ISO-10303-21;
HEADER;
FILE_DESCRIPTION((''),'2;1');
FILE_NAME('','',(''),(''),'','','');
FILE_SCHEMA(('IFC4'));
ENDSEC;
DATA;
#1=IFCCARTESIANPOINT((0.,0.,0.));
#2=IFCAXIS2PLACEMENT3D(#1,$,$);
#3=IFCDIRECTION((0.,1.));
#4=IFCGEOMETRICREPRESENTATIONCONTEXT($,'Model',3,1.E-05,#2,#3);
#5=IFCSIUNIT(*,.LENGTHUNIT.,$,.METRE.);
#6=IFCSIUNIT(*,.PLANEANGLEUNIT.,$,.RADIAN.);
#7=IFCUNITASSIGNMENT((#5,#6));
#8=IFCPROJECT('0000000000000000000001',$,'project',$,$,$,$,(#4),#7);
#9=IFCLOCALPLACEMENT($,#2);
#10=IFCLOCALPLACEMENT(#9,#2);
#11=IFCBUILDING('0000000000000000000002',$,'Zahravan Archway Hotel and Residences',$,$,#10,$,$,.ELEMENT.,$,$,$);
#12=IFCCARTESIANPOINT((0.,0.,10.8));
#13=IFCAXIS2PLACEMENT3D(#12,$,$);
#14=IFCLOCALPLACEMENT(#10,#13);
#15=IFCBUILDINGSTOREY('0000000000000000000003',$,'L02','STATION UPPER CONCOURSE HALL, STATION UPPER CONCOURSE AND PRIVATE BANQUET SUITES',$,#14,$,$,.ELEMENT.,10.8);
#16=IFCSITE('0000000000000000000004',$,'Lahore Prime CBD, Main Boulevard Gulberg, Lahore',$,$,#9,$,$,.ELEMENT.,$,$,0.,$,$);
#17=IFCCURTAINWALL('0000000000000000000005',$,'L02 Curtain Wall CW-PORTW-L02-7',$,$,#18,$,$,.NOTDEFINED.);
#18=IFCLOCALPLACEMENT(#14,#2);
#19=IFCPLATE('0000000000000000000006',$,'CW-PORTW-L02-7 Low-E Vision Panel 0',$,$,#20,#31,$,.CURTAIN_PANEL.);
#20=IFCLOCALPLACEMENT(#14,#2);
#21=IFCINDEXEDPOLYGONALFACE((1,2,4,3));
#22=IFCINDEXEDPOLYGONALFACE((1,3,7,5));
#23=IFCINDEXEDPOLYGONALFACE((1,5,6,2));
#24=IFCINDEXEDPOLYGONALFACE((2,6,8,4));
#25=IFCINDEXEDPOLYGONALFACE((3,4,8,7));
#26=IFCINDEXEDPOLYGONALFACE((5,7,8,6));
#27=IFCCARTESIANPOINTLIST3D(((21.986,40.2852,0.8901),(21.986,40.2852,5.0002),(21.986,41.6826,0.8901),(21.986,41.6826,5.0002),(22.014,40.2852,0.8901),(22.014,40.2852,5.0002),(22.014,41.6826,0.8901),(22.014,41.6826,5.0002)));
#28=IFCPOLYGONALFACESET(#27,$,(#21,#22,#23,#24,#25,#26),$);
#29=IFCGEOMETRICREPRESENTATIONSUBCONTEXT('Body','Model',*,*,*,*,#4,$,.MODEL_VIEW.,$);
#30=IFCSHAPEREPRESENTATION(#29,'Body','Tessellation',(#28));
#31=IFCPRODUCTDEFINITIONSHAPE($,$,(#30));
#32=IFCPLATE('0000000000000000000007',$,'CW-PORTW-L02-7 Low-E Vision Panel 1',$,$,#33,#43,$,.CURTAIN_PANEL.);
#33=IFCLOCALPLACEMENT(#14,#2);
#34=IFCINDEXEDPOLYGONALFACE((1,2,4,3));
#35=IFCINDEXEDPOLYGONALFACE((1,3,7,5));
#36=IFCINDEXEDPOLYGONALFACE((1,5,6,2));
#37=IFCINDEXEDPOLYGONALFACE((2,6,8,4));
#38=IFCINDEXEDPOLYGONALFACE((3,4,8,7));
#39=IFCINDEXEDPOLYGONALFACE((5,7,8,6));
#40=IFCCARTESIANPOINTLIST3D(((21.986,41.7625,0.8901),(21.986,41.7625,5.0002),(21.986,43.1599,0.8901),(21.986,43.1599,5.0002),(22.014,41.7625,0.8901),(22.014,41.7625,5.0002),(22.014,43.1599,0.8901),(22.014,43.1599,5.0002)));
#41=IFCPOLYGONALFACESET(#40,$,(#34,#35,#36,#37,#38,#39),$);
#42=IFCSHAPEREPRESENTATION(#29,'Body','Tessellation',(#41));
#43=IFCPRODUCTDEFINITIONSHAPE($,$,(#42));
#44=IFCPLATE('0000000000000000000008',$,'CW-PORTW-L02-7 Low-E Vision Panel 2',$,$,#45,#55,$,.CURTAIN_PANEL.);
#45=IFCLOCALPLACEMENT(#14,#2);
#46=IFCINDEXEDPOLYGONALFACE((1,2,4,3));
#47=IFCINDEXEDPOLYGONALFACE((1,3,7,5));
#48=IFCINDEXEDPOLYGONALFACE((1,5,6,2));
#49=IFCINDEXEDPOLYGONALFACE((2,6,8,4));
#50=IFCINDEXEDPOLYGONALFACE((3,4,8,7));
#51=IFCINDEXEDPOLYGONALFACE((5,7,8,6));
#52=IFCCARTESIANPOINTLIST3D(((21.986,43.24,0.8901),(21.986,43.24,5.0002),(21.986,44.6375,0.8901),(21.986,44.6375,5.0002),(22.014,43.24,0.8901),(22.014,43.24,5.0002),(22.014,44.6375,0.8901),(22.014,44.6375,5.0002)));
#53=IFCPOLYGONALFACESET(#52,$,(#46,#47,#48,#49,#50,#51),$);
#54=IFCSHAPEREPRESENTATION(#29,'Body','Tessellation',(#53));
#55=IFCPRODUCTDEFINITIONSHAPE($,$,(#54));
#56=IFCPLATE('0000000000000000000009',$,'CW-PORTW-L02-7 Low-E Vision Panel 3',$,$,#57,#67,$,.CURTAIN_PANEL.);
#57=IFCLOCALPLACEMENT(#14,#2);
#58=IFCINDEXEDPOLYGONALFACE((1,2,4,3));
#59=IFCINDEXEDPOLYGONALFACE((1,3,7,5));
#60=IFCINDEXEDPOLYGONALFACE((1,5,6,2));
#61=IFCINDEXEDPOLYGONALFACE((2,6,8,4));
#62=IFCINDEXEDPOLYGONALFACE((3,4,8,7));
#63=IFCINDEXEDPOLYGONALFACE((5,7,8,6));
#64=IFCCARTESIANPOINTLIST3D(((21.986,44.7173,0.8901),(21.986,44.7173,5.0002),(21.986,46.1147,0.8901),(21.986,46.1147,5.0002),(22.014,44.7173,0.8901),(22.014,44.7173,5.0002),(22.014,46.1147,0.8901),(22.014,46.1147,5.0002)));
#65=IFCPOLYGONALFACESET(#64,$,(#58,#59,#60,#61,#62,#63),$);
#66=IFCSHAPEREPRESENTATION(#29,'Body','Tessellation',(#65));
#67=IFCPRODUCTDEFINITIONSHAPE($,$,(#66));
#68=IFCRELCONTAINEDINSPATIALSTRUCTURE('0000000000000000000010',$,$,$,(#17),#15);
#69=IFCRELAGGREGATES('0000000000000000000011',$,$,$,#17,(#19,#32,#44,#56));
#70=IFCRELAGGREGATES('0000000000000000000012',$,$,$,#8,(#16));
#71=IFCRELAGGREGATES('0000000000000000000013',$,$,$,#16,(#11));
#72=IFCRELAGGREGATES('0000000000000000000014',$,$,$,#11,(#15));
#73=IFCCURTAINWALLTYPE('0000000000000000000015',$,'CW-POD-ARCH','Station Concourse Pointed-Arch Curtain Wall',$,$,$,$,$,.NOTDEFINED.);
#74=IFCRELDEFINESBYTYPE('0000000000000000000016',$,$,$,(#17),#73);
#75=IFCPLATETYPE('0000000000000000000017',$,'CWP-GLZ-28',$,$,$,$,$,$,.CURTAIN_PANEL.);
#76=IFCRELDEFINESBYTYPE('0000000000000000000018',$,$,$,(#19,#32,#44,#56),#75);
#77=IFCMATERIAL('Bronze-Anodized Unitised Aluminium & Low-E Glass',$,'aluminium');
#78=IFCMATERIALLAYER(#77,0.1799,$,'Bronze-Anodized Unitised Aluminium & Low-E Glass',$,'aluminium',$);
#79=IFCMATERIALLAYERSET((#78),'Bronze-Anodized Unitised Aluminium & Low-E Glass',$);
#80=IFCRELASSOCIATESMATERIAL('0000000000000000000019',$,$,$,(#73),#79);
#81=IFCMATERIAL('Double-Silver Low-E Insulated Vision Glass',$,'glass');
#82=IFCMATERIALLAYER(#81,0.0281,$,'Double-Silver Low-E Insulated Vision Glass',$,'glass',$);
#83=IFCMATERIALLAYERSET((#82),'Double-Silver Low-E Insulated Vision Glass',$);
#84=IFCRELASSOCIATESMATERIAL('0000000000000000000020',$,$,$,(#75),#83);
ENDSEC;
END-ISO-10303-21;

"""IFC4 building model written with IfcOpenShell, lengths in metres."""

from ifc_helpers import new_model, si_unit, direction, frame, origin, origin_2d, place, context, subcontext, project, spatial, rectangle, extrude, source, transform, mapped, material, layer, layer_set, type_object, element, aggregate, save


model = new_model("IFC4")

# Units and contexts
model_context = context("Model", 3, precision=1e-05, world=origin(), true_north=direction((0.0, 1.0)))
body_context = subcontext(model_context, "Body", "Model", "MODEL_VIEW")
ifc_project = project(units=[si_unit("LENGTHUNIT", "METRE"), si_unit("PLANEANGLEUNIT", "RADIAN")], contexts=[model_context])

# Site, building, storey
site_placement = place(None, origin())
site = spatial("IfcSite", under=ifc_project, at=site_placement, Name="Lahore Prime CBD, Main Boulevard Gulberg, Lahore", CompositionType="ELEMENT", RefElevation=0.0)
building_placement = place(site_placement, origin())
building = spatial("IfcBuilding", under=site, at=building_placement, Name="Zahravan Archway Hotel and Residences", CompositionType="ELEMENT")
storey_placement = place(building_placement, frame((0.0, 0.0, 10.8)))
storey = spatial("IfcBuildingStorey", under=building, at=storey_placement, Name="L02", Description="STATION UPPER CONCOURSE HALL, STATION UPPER CONCOURSE AND PRIVATE BANQUET SUITES", CompositionType="ELEMENT", Elevation=10.8)

# Curtain wall, plates
ifc_material_1 = material(Name="Bronze-Anodized Unitised Aluminium & Low-E Glass", Category="aluminium")
ifc_layer_1 = layer(ifc_material_1, 0.1799, Name="Bronze-Anodized Unitised Aluminium & Low-E Glass", Category="aluminium")
ifc_layer_set_1 = layer_set([ifc_layer_1], Name="Bronze-Anodized Unitised Aluminium & Low-E Glass")
curtain_wall_type = type_object("IfcCurtainWallType", Name="CW-POD-ARCH", Description="Station Concourse Pointed-Arch Curtain Wall", PredefinedType="NOTDEFINED", material=ifc_layer_set_1)
curtain_wall_placement = place(storey_placement, origin())
curtain_wall = element("IfcCurtainWall", 1, at=curtain_wall_placement, inside=storey, type_object=curtain_wall_type, Name="L02 Curtain Wall CW-PORTW-L02-7", PredefinedType="NOTDEFINED")
ifc_material_2 = material(Name="Double-Silver Low-E Insulated Vision Glass", Category="glass")
ifc_layer_2 = layer(ifc_material_2, 0.0281, Name="Double-Silver Low-E Insulated Vision Glass", Category="glass")
ifc_layer_set_2 = layer_set([ifc_layer_2], Name="Double-Silver Low-E Insulated Vision Glass")
plate_type_1 = type_object("IfcPlateType", Name="CWP-GLZ-28", PredefinedType="CURTAIN_PANEL", material=ifc_layer_set_2)
shared_shape_1 = source(origin(), body_context, "Body", "SweptSolid", [
    extrude(rectangle(XDim=1.3975, YDim=0.0281, at=origin_2d()), origin(), (0.0, 0.0, 1.0), 4.1101),
])
plate_1_placement = place(storey_placement, frame((22.0, 40.9839, 0.8901), z_axis=(0.0, 0.0, 1.0), x_axis=(0.0, 1.0, 0.0)))
plate_1 = element("IfcPlate", 2, at=plate_1_placement, type_object=plate_type_1, Name="CW-PORTW-L02-7 Low-E Vision Panel 0", PredefinedType="CURTAIN_PANEL", context=body_context, shape_type="MappedRepresentation", body=[
    mapped(shared_shape_1, transform((0.0, 0.0, 0.0), scale=1.0)),
])
plate_2_placement = place(storey_placement, frame((22.0, 42.4612, 0.8901), z_axis=(0.0, 0.0, 1.0), x_axis=(0.0, 1.0, 0.0)))
plate_2 = element("IfcPlate", 3, at=plate_2_placement, type_object=plate_type_1, Name="CW-PORTW-L02-7 Low-E Vision Panel 1", PredefinedType="CURTAIN_PANEL", context=body_context, shape_type="MappedRepresentation", body=[
    mapped(shared_shape_1, transform((0.0, 0.0, 0.0), scale=1.0)),
])
plate_3_placement = place(storey_placement, frame((22.0, 43.9387, 0.8901), z_axis=(0.0, 0.0, 1.0), x_axis=(0.0, 1.0, 0.0)))
plate_3 = element("IfcPlate", 4, at=plate_3_placement, type_object=plate_type_1, Name="CW-PORTW-L02-7 Low-E Vision Panel 2", PredefinedType="CURTAIN_PANEL", context=body_context, shape_type="MappedRepresentation", body=[
    mapped(shared_shape_1, transform((0.0, 0.0, 0.0), scale=1.0)),
])
plate_4_placement = place(storey_placement, frame((22.0, 45.416, 0.8901), z_axis=(0.0, 0.0, 1.0), x_axis=(0.0, 1.0, 0.0)))
plate_4 = element("IfcPlate", 5, at=plate_4_placement, type_object=plate_type_1, Name="CW-PORTW-L02-7 Low-E Vision Panel 3", PredefinedType="CURTAIN_PANEL", context=body_context, shape_type="MappedRepresentation", body=[
    mapped(shared_shape_1, transform((0.0, 0.0, 0.0), scale=1.0)),
])
aggregate(curtain_wall, [plate_1, plate_2, plate_3, plate_4])

save(model, "model.ifc")
